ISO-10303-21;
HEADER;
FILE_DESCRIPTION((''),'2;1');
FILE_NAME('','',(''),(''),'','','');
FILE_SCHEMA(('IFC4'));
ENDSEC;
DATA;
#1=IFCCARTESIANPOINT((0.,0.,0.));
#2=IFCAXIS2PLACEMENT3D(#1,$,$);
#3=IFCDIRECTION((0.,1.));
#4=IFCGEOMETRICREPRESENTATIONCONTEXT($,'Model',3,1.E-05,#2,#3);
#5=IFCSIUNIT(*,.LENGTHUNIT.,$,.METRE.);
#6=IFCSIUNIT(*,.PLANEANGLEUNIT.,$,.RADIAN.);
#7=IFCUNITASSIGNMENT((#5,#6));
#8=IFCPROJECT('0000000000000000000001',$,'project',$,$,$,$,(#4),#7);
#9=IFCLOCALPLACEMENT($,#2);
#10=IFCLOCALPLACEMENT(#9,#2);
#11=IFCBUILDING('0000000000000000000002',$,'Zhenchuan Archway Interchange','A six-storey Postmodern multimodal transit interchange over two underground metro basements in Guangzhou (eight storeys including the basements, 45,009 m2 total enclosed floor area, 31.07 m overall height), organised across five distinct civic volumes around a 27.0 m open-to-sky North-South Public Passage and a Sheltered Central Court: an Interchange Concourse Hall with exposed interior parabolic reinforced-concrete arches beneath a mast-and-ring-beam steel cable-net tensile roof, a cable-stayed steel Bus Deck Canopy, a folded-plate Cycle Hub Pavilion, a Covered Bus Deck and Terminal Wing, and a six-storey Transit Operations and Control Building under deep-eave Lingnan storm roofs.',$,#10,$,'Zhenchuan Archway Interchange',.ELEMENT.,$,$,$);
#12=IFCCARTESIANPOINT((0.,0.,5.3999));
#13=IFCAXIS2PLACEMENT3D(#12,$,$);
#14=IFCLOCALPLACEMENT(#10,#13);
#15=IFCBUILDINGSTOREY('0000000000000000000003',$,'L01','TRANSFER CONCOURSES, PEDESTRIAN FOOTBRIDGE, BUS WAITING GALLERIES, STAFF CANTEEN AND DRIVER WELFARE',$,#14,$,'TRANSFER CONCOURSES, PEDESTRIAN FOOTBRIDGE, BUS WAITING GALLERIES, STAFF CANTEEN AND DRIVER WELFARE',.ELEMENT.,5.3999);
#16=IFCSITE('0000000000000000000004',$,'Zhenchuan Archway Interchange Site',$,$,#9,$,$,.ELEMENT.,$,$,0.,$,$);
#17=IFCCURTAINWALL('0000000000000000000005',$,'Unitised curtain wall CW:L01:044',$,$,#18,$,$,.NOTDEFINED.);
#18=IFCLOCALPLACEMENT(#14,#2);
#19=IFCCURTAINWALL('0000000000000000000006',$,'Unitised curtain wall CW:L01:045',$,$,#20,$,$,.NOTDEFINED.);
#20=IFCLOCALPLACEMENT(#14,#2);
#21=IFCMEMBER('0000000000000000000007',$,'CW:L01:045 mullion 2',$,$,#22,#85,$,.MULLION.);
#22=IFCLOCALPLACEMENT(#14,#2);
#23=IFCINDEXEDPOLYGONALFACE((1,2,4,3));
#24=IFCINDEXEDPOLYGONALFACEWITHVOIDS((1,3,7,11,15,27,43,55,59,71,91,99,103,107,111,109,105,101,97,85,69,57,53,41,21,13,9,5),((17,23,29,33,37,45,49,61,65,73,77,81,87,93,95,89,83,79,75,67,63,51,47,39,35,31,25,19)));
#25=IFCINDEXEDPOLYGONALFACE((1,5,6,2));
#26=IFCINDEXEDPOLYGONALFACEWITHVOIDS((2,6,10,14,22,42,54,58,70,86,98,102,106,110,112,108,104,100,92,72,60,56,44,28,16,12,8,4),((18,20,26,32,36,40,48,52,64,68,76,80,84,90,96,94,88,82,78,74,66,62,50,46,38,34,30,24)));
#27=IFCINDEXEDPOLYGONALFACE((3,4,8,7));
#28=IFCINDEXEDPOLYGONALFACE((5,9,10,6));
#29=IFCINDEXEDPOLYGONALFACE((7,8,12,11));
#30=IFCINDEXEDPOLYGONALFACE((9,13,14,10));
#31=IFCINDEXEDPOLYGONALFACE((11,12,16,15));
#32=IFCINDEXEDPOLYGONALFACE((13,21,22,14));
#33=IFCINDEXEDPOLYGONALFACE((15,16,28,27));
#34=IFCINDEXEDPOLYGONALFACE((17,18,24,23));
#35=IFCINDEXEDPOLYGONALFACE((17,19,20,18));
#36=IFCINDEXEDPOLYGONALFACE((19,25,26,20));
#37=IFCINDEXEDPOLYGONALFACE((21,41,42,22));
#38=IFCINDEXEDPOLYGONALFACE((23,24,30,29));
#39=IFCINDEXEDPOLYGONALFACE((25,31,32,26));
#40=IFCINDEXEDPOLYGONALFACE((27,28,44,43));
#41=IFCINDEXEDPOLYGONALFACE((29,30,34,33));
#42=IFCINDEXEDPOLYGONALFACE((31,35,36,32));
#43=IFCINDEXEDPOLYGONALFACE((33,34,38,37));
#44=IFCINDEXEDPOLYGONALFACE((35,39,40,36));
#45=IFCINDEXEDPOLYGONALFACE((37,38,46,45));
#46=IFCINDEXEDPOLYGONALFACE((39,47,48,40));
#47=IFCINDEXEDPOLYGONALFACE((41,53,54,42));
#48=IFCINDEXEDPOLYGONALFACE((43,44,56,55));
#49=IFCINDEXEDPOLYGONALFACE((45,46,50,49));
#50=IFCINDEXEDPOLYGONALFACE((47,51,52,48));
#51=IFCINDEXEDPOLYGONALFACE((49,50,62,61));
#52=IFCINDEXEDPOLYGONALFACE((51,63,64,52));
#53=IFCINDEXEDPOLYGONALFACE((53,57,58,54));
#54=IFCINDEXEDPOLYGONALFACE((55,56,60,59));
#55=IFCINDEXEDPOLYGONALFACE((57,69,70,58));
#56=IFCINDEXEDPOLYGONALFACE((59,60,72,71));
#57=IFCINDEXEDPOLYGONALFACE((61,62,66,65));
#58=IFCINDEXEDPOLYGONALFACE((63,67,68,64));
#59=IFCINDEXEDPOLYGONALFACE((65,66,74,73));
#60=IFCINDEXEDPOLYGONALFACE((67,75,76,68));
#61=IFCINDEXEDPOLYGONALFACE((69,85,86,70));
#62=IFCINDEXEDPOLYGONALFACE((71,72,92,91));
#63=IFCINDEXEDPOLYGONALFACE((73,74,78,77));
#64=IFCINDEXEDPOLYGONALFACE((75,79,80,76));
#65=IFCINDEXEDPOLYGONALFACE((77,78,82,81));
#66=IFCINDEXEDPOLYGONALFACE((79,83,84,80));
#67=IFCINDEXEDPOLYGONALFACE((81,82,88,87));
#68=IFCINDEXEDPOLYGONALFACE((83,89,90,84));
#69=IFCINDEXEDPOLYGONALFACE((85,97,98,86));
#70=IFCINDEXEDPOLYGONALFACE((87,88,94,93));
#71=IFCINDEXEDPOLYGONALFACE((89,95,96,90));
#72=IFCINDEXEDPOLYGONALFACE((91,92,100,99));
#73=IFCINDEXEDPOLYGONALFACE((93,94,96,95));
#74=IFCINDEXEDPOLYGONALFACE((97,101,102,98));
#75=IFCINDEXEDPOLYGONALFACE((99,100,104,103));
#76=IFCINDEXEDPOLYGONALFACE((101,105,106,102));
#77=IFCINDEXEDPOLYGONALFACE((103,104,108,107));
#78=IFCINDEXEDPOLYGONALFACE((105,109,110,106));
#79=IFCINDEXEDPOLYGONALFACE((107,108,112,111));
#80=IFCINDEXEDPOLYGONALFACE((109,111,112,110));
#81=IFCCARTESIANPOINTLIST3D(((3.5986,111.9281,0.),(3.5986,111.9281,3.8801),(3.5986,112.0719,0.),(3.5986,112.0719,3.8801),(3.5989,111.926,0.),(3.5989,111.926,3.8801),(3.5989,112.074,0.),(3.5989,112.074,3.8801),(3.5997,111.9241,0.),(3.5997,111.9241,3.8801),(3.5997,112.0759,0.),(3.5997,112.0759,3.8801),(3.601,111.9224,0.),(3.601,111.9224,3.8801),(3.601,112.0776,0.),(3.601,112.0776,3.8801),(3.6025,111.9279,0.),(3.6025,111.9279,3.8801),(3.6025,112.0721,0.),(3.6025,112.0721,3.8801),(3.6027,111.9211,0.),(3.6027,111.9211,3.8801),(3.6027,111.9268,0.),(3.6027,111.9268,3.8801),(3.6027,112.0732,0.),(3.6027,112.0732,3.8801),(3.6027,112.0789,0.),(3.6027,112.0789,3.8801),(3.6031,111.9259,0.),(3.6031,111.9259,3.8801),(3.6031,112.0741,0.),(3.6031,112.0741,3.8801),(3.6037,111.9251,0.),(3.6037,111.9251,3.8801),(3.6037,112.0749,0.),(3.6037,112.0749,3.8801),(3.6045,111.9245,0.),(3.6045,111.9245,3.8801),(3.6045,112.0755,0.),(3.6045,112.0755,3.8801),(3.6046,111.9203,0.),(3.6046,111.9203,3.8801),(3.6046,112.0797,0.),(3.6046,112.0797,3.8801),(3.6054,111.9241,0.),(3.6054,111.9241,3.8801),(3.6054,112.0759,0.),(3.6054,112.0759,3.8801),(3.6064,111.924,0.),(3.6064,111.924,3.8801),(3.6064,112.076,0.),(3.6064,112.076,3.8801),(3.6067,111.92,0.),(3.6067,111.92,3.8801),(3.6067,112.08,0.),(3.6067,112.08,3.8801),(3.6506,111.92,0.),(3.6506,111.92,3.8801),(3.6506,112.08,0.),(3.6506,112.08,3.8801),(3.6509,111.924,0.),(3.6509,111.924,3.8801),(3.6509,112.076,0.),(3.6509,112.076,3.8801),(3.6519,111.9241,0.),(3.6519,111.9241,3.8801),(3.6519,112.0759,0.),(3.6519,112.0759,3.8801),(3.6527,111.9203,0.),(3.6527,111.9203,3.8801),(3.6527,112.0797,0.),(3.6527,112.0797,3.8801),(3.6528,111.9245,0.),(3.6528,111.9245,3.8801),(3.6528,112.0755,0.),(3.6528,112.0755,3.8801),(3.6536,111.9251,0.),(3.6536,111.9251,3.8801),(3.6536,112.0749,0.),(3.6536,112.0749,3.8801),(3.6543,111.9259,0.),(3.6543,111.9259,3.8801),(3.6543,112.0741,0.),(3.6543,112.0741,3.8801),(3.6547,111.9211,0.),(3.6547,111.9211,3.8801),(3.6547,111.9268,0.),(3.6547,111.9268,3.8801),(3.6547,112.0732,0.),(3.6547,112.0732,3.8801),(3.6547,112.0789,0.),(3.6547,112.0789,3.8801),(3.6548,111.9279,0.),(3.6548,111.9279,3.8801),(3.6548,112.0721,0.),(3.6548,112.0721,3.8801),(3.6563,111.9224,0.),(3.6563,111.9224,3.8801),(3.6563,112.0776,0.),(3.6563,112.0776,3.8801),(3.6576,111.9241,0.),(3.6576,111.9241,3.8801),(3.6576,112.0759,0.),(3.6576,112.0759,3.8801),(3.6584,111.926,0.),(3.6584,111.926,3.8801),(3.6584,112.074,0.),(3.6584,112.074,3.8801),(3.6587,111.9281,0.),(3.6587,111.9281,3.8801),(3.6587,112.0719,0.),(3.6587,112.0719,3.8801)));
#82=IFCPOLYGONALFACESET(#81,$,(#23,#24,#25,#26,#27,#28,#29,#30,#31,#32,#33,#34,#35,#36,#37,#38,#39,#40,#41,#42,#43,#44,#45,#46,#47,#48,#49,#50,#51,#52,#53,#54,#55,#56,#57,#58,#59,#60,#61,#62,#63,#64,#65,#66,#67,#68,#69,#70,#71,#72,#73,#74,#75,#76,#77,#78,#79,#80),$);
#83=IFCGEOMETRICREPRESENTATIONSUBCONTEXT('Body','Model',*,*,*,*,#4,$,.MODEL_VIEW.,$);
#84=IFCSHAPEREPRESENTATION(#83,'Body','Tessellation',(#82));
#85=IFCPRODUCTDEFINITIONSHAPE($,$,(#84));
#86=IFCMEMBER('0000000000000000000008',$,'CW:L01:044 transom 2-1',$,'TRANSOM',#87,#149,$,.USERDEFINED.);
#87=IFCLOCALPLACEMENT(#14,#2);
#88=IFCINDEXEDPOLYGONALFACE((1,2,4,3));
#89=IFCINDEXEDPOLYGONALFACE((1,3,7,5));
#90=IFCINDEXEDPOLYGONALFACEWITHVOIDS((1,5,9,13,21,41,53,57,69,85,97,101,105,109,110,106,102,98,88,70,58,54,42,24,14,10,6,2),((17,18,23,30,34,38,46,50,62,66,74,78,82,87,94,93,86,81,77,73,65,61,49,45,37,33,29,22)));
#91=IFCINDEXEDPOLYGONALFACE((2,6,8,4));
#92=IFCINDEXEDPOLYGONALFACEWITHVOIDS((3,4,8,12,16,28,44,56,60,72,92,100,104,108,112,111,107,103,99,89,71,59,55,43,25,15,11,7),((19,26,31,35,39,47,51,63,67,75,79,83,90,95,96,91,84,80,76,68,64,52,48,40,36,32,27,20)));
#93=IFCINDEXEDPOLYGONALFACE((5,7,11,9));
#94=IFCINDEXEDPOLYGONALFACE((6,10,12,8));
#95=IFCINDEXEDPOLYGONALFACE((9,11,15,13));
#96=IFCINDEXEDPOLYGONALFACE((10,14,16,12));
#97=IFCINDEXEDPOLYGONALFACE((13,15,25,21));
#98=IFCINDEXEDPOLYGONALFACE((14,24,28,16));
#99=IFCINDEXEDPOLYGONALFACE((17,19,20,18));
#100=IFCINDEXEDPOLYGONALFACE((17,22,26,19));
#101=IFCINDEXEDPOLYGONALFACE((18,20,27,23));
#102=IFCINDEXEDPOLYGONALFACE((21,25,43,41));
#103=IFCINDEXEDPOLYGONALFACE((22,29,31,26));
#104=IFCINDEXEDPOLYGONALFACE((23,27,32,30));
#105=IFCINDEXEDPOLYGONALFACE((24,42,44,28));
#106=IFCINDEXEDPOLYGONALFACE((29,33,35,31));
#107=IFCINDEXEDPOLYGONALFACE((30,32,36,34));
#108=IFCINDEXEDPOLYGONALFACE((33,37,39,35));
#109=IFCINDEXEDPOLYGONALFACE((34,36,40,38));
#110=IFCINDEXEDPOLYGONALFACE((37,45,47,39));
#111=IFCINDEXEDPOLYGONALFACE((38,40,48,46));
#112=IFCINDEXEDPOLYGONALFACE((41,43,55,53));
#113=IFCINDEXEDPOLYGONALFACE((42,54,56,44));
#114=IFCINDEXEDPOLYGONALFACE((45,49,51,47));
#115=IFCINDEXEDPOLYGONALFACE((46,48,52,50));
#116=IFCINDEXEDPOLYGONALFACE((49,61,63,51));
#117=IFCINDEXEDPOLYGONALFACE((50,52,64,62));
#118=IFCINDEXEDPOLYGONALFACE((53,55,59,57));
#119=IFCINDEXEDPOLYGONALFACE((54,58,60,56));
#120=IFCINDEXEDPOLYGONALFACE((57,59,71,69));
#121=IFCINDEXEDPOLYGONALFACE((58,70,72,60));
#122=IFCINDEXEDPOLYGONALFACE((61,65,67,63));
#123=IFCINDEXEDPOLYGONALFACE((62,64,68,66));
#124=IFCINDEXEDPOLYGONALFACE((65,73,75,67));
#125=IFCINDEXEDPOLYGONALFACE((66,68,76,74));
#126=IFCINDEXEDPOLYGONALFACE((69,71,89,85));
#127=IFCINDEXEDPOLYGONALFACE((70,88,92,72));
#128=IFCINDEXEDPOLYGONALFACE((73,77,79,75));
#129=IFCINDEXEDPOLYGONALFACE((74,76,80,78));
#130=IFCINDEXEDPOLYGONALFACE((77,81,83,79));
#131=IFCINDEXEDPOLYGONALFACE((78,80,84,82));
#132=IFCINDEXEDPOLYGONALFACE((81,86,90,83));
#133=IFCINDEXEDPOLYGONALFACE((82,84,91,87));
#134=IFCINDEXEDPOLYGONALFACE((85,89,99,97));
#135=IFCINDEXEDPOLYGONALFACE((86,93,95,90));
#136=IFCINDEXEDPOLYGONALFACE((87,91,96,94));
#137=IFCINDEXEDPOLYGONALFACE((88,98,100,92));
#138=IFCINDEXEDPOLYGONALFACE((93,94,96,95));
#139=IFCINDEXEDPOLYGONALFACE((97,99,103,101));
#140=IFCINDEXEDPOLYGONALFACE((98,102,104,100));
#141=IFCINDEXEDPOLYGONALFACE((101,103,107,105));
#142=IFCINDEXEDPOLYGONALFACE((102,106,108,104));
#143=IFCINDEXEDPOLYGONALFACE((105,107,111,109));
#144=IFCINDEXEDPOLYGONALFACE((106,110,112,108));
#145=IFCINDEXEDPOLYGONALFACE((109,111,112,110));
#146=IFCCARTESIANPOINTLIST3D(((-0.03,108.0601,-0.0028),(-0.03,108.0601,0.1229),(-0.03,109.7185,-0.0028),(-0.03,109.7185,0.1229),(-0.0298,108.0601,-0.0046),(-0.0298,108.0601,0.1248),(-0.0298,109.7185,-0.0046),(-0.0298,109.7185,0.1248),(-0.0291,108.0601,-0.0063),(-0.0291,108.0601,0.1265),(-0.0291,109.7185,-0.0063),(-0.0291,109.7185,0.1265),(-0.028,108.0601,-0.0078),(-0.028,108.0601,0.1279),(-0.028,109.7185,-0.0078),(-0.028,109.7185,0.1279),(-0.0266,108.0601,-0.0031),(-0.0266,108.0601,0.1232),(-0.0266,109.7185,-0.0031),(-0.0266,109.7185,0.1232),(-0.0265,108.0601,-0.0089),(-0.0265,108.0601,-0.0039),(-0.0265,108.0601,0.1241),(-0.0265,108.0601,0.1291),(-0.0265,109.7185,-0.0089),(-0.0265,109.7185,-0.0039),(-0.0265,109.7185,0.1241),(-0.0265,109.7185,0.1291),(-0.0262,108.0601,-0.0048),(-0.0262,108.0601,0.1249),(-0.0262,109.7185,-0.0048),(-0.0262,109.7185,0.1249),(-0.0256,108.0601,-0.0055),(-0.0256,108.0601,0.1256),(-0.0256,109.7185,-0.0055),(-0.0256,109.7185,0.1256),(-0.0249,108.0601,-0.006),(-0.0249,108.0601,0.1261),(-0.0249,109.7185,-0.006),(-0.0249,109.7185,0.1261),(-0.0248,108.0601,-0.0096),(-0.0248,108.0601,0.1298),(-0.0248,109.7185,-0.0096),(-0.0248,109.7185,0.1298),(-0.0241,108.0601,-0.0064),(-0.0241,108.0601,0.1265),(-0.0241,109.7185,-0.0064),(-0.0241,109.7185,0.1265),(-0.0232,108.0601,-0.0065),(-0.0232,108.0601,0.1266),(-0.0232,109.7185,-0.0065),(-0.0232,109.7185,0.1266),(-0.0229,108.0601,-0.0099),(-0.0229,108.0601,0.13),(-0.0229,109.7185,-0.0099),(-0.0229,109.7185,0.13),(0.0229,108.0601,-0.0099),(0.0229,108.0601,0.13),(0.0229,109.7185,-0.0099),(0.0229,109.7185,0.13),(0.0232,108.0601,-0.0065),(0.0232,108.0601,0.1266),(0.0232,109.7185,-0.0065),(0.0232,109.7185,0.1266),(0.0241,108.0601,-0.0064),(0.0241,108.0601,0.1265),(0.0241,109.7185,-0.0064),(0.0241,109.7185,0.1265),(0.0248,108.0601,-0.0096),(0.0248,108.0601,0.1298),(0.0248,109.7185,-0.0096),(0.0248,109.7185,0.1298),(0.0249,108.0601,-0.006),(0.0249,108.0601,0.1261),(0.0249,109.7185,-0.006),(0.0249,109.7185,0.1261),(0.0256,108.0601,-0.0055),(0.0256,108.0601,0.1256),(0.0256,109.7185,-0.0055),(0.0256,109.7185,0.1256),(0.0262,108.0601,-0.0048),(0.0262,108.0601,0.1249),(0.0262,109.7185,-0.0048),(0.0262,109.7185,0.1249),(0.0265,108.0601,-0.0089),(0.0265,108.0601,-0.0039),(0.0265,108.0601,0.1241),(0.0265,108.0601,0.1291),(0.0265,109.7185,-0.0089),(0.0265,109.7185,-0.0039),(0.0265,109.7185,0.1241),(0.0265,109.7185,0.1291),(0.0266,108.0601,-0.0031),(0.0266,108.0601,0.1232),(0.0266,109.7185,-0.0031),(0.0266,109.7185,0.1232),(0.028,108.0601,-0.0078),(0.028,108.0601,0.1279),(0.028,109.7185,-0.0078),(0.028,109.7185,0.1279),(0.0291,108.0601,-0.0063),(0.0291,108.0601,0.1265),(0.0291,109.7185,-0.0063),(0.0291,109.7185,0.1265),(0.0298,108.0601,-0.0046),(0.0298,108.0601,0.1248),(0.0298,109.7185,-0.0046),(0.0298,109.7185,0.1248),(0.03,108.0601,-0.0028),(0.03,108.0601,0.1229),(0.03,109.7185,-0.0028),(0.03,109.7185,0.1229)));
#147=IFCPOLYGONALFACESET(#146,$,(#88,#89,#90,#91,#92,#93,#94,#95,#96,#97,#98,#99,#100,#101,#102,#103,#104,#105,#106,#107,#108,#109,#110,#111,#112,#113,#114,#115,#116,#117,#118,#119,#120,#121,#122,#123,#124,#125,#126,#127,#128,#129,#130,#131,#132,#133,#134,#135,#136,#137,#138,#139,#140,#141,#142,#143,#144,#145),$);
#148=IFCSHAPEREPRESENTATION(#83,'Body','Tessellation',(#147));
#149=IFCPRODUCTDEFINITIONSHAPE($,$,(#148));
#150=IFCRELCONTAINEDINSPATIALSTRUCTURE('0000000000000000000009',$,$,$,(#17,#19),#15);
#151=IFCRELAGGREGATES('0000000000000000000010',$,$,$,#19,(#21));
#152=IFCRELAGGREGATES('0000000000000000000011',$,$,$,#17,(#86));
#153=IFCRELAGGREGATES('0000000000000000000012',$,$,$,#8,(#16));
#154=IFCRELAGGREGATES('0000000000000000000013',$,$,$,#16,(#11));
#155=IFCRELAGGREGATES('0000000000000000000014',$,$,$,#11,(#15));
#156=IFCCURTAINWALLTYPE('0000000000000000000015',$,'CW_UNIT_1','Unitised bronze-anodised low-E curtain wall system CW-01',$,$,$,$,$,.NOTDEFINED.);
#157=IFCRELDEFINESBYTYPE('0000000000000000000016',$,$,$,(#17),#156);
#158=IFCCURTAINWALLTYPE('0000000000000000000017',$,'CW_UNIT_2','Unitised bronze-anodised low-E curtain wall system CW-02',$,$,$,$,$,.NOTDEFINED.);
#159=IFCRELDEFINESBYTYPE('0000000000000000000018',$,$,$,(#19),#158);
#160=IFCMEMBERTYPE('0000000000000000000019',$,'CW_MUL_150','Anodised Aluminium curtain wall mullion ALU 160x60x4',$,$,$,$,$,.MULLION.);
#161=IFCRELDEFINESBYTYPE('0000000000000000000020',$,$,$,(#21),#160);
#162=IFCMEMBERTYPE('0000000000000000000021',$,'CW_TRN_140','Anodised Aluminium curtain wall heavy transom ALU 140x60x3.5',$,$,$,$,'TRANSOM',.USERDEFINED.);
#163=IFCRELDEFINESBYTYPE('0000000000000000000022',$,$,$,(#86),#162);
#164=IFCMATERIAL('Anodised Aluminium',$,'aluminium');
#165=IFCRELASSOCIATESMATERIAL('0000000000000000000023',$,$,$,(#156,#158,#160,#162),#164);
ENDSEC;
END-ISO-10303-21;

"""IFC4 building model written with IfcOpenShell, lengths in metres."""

from ifc_helpers import new_model, si_unit, direction, frame, origin, origin_2d, place, context, subcontext, project, spatial, hollow_rectangle, extrude, material, material_profile, profile_set, type_object, element, aggregate, save


model = new_model("IFC4")

# Units and contexts
model_context = context("Model", 3, precision=1e-05, world=origin(), true_north=direction((0.0, 1.0)))
body_context = subcontext(model_context, "Body", "Model", "MODEL_VIEW")
ifc_project = project(units=[si_unit("LENGTHUNIT", "METRE"), si_unit("PLANEANGLEUNIT", "RADIAN")], contexts=[model_context])

# Site, building, storey
site_placement = place(None, origin())
site = spatial("IfcSite", under=ifc_project, at=site_placement, Name="Zhenchuan Archway Interchange Site", CompositionType="ELEMENT", RefElevation=0.0)
building_placement = place(site_placement, origin())
building = spatial("IfcBuilding", under=site, at=building_placement, Name="Zhenchuan Archway Interchange", Description="A six-storey Postmodern multimodal transit interchange over two underground metro basements in Guangzhou (eight storeys including the basements, 45,009 m2 total enclosed floor area, 31.07 m overall height), organised across five distinct civic volumes around a 27.0 m open-to-sky North-South Public Passage and a Sheltered Central Court: an Interchange Concourse Hall with exposed interior parabolic reinforced-concrete arches beneath a mast-and-ring-beam steel cable-net tensile roof, a cable-stayed steel Bus Deck Canopy, a folded-plate Cycle Hub Pavilion, a Covered Bus Deck and Terminal Wing, and a six-storey Transit Operations and Control Building under deep-eave Lingnan storm roofs.", LongName="Zhenchuan Archway Interchange", CompositionType="ELEMENT")
storey_placement = place(building_placement, frame((0.0, 0.0, 5.3999)))
storey = spatial("IfcBuildingStorey", under=building, at=storey_placement, Name="L01", Description="TRANSFER CONCOURSES, PEDESTRIAN FOOTBRIDGE, BUS WAITING GALLERIES, STAFF CANTEEN AND DRIVER WELFARE", LongName="TRANSFER CONCOURSES, PEDESTRIAN FOOTBRIDGE, BUS WAITING GALLERIES, STAFF CANTEEN AND DRIVER WELFARE", CompositionType="ELEMENT", Elevation=5.3999)

# Curtain walls, member
ifc_material_1 = material(Name="Anodised Aluminium", Category="aluminium")
curtain_wall_type_1 = type_object("IfcCurtainWallType", Name="CW_UNIT_1", Description="Unitised bronze-anodised low-E curtain wall system CW-01", PredefinedType="NOTDEFINED", material=ifc_material_1)
curtain_wall_1_placement = place(storey_placement, origin())
curtain_wall_1 = element("IfcCurtainWall", 1, at=curtain_wall_1_placement, inside=storey, type_object=curtain_wall_type_1, Name="Unitised curtain wall CW:L01:044", PredefinedType="NOTDEFINED")
ifc_material_profile_1 = material_profile(ifc_material_1, hollow_rectangle(XDim=0.0601, YDim=0.1599, WallThickness=0.0039, InnerFilletRadius=0.0039, OuterFilletRadius=0.0081, at=origin_2d()), Name="ALU 160x60x4")
ifc_profile_set_1 = profile_set([ifc_material_profile_1], Name="Anodised Aluminium")
member_type_1 = type_object("IfcMemberType", Name="CW_MUL_150", Description="Anodised Aluminium curtain wall mullion ALU 160x60x4", PredefinedType="MULLION", material=ifc_profile_set_1)
curtain_wall_type_2 = type_object("IfcCurtainWallType", Name="CW_UNIT_2", Description="Unitised bronze-anodised low-E curtain wall system CW-02", PredefinedType="NOTDEFINED", material=ifc_material_1)
curtain_wall_2_placement = place(storey_placement, origin())
curtain_wall_2 = element("IfcCurtainWall", 2, at=curtain_wall_2_placement, inside=storey, type_object=curtain_wall_type_2, Name="Unitised curtain wall CW:L01:045", PredefinedType="NOTDEFINED")
member_1_placement = place(storey_placement, frame((3.6287, 112.0, 0.0), z_axis=(0.0, 0.0, 1.0), x_axis=(1.0, 0.0, 0.0)))
member_1 = element("IfcMember", 3, at=member_1_placement, type_object=member_type_1, Name="CW:L01:045 mullion 2", PredefinedType="MULLION", context=body_context, shape_type="SweptSolid", body=[
    extrude(hollow_rectangle(XDim=0.0601, YDim=0.1599, WallThickness=0.0039, InnerFilletRadius=0.0039, OuterFilletRadius=0.0081, at=origin_2d()), origin(), (0.0, 0.0, 1.0), 3.8801),
])

# Member
ifc_material_profile_2 = material_profile(ifc_material_1, hollow_rectangle(XDim=0.0601, YDim=0.1399, WallThickness=0.0034, InnerFilletRadius=0.0034, OuterFilletRadius=0.0071, at=origin_2d()), Name="ALU 140x60x3.5")
ifc_profile_set_2 = profile_set([ifc_material_profile_2], Name="Anodised Aluminium")
member_type_2 = type_object("IfcMemberType", Name="CW_TRN_140", Description="Anodised Aluminium curtain wall heavy transom ALU 140x60x3.5", ElementType="TRANSOM", PredefinedType="USERDEFINED", material=ifc_profile_set_2)
member_2_placement = place(storey_placement, frame((0.0, 108.0601, 0.0601), z_axis=(0.0, 1.0, 0.0), x_axis=(-1.0, 0.0, 0.0)))
member_2 = element("IfcMember", 4, at=member_2_placement, type_object=member_type_2, Name="CW:L01:044 transom 2-1", ObjectType="TRANSOM", PredefinedType="USERDEFINED", context=body_context, shape_type="SweptSolid", body=[
    extrude(hollow_rectangle(XDim=0.0601, YDim=0.1399, WallThickness=0.0034, InnerFilletRadius=0.0034, OuterFilletRadius=0.0071, at=origin_2d()), origin(), (0.0, 0.0, 1.0), 1.6584),
])

aggregate(curtain_wall_2, [member_1])
aggregate(curtain_wall_1, [member_2])

save(model, "model.ifc")
